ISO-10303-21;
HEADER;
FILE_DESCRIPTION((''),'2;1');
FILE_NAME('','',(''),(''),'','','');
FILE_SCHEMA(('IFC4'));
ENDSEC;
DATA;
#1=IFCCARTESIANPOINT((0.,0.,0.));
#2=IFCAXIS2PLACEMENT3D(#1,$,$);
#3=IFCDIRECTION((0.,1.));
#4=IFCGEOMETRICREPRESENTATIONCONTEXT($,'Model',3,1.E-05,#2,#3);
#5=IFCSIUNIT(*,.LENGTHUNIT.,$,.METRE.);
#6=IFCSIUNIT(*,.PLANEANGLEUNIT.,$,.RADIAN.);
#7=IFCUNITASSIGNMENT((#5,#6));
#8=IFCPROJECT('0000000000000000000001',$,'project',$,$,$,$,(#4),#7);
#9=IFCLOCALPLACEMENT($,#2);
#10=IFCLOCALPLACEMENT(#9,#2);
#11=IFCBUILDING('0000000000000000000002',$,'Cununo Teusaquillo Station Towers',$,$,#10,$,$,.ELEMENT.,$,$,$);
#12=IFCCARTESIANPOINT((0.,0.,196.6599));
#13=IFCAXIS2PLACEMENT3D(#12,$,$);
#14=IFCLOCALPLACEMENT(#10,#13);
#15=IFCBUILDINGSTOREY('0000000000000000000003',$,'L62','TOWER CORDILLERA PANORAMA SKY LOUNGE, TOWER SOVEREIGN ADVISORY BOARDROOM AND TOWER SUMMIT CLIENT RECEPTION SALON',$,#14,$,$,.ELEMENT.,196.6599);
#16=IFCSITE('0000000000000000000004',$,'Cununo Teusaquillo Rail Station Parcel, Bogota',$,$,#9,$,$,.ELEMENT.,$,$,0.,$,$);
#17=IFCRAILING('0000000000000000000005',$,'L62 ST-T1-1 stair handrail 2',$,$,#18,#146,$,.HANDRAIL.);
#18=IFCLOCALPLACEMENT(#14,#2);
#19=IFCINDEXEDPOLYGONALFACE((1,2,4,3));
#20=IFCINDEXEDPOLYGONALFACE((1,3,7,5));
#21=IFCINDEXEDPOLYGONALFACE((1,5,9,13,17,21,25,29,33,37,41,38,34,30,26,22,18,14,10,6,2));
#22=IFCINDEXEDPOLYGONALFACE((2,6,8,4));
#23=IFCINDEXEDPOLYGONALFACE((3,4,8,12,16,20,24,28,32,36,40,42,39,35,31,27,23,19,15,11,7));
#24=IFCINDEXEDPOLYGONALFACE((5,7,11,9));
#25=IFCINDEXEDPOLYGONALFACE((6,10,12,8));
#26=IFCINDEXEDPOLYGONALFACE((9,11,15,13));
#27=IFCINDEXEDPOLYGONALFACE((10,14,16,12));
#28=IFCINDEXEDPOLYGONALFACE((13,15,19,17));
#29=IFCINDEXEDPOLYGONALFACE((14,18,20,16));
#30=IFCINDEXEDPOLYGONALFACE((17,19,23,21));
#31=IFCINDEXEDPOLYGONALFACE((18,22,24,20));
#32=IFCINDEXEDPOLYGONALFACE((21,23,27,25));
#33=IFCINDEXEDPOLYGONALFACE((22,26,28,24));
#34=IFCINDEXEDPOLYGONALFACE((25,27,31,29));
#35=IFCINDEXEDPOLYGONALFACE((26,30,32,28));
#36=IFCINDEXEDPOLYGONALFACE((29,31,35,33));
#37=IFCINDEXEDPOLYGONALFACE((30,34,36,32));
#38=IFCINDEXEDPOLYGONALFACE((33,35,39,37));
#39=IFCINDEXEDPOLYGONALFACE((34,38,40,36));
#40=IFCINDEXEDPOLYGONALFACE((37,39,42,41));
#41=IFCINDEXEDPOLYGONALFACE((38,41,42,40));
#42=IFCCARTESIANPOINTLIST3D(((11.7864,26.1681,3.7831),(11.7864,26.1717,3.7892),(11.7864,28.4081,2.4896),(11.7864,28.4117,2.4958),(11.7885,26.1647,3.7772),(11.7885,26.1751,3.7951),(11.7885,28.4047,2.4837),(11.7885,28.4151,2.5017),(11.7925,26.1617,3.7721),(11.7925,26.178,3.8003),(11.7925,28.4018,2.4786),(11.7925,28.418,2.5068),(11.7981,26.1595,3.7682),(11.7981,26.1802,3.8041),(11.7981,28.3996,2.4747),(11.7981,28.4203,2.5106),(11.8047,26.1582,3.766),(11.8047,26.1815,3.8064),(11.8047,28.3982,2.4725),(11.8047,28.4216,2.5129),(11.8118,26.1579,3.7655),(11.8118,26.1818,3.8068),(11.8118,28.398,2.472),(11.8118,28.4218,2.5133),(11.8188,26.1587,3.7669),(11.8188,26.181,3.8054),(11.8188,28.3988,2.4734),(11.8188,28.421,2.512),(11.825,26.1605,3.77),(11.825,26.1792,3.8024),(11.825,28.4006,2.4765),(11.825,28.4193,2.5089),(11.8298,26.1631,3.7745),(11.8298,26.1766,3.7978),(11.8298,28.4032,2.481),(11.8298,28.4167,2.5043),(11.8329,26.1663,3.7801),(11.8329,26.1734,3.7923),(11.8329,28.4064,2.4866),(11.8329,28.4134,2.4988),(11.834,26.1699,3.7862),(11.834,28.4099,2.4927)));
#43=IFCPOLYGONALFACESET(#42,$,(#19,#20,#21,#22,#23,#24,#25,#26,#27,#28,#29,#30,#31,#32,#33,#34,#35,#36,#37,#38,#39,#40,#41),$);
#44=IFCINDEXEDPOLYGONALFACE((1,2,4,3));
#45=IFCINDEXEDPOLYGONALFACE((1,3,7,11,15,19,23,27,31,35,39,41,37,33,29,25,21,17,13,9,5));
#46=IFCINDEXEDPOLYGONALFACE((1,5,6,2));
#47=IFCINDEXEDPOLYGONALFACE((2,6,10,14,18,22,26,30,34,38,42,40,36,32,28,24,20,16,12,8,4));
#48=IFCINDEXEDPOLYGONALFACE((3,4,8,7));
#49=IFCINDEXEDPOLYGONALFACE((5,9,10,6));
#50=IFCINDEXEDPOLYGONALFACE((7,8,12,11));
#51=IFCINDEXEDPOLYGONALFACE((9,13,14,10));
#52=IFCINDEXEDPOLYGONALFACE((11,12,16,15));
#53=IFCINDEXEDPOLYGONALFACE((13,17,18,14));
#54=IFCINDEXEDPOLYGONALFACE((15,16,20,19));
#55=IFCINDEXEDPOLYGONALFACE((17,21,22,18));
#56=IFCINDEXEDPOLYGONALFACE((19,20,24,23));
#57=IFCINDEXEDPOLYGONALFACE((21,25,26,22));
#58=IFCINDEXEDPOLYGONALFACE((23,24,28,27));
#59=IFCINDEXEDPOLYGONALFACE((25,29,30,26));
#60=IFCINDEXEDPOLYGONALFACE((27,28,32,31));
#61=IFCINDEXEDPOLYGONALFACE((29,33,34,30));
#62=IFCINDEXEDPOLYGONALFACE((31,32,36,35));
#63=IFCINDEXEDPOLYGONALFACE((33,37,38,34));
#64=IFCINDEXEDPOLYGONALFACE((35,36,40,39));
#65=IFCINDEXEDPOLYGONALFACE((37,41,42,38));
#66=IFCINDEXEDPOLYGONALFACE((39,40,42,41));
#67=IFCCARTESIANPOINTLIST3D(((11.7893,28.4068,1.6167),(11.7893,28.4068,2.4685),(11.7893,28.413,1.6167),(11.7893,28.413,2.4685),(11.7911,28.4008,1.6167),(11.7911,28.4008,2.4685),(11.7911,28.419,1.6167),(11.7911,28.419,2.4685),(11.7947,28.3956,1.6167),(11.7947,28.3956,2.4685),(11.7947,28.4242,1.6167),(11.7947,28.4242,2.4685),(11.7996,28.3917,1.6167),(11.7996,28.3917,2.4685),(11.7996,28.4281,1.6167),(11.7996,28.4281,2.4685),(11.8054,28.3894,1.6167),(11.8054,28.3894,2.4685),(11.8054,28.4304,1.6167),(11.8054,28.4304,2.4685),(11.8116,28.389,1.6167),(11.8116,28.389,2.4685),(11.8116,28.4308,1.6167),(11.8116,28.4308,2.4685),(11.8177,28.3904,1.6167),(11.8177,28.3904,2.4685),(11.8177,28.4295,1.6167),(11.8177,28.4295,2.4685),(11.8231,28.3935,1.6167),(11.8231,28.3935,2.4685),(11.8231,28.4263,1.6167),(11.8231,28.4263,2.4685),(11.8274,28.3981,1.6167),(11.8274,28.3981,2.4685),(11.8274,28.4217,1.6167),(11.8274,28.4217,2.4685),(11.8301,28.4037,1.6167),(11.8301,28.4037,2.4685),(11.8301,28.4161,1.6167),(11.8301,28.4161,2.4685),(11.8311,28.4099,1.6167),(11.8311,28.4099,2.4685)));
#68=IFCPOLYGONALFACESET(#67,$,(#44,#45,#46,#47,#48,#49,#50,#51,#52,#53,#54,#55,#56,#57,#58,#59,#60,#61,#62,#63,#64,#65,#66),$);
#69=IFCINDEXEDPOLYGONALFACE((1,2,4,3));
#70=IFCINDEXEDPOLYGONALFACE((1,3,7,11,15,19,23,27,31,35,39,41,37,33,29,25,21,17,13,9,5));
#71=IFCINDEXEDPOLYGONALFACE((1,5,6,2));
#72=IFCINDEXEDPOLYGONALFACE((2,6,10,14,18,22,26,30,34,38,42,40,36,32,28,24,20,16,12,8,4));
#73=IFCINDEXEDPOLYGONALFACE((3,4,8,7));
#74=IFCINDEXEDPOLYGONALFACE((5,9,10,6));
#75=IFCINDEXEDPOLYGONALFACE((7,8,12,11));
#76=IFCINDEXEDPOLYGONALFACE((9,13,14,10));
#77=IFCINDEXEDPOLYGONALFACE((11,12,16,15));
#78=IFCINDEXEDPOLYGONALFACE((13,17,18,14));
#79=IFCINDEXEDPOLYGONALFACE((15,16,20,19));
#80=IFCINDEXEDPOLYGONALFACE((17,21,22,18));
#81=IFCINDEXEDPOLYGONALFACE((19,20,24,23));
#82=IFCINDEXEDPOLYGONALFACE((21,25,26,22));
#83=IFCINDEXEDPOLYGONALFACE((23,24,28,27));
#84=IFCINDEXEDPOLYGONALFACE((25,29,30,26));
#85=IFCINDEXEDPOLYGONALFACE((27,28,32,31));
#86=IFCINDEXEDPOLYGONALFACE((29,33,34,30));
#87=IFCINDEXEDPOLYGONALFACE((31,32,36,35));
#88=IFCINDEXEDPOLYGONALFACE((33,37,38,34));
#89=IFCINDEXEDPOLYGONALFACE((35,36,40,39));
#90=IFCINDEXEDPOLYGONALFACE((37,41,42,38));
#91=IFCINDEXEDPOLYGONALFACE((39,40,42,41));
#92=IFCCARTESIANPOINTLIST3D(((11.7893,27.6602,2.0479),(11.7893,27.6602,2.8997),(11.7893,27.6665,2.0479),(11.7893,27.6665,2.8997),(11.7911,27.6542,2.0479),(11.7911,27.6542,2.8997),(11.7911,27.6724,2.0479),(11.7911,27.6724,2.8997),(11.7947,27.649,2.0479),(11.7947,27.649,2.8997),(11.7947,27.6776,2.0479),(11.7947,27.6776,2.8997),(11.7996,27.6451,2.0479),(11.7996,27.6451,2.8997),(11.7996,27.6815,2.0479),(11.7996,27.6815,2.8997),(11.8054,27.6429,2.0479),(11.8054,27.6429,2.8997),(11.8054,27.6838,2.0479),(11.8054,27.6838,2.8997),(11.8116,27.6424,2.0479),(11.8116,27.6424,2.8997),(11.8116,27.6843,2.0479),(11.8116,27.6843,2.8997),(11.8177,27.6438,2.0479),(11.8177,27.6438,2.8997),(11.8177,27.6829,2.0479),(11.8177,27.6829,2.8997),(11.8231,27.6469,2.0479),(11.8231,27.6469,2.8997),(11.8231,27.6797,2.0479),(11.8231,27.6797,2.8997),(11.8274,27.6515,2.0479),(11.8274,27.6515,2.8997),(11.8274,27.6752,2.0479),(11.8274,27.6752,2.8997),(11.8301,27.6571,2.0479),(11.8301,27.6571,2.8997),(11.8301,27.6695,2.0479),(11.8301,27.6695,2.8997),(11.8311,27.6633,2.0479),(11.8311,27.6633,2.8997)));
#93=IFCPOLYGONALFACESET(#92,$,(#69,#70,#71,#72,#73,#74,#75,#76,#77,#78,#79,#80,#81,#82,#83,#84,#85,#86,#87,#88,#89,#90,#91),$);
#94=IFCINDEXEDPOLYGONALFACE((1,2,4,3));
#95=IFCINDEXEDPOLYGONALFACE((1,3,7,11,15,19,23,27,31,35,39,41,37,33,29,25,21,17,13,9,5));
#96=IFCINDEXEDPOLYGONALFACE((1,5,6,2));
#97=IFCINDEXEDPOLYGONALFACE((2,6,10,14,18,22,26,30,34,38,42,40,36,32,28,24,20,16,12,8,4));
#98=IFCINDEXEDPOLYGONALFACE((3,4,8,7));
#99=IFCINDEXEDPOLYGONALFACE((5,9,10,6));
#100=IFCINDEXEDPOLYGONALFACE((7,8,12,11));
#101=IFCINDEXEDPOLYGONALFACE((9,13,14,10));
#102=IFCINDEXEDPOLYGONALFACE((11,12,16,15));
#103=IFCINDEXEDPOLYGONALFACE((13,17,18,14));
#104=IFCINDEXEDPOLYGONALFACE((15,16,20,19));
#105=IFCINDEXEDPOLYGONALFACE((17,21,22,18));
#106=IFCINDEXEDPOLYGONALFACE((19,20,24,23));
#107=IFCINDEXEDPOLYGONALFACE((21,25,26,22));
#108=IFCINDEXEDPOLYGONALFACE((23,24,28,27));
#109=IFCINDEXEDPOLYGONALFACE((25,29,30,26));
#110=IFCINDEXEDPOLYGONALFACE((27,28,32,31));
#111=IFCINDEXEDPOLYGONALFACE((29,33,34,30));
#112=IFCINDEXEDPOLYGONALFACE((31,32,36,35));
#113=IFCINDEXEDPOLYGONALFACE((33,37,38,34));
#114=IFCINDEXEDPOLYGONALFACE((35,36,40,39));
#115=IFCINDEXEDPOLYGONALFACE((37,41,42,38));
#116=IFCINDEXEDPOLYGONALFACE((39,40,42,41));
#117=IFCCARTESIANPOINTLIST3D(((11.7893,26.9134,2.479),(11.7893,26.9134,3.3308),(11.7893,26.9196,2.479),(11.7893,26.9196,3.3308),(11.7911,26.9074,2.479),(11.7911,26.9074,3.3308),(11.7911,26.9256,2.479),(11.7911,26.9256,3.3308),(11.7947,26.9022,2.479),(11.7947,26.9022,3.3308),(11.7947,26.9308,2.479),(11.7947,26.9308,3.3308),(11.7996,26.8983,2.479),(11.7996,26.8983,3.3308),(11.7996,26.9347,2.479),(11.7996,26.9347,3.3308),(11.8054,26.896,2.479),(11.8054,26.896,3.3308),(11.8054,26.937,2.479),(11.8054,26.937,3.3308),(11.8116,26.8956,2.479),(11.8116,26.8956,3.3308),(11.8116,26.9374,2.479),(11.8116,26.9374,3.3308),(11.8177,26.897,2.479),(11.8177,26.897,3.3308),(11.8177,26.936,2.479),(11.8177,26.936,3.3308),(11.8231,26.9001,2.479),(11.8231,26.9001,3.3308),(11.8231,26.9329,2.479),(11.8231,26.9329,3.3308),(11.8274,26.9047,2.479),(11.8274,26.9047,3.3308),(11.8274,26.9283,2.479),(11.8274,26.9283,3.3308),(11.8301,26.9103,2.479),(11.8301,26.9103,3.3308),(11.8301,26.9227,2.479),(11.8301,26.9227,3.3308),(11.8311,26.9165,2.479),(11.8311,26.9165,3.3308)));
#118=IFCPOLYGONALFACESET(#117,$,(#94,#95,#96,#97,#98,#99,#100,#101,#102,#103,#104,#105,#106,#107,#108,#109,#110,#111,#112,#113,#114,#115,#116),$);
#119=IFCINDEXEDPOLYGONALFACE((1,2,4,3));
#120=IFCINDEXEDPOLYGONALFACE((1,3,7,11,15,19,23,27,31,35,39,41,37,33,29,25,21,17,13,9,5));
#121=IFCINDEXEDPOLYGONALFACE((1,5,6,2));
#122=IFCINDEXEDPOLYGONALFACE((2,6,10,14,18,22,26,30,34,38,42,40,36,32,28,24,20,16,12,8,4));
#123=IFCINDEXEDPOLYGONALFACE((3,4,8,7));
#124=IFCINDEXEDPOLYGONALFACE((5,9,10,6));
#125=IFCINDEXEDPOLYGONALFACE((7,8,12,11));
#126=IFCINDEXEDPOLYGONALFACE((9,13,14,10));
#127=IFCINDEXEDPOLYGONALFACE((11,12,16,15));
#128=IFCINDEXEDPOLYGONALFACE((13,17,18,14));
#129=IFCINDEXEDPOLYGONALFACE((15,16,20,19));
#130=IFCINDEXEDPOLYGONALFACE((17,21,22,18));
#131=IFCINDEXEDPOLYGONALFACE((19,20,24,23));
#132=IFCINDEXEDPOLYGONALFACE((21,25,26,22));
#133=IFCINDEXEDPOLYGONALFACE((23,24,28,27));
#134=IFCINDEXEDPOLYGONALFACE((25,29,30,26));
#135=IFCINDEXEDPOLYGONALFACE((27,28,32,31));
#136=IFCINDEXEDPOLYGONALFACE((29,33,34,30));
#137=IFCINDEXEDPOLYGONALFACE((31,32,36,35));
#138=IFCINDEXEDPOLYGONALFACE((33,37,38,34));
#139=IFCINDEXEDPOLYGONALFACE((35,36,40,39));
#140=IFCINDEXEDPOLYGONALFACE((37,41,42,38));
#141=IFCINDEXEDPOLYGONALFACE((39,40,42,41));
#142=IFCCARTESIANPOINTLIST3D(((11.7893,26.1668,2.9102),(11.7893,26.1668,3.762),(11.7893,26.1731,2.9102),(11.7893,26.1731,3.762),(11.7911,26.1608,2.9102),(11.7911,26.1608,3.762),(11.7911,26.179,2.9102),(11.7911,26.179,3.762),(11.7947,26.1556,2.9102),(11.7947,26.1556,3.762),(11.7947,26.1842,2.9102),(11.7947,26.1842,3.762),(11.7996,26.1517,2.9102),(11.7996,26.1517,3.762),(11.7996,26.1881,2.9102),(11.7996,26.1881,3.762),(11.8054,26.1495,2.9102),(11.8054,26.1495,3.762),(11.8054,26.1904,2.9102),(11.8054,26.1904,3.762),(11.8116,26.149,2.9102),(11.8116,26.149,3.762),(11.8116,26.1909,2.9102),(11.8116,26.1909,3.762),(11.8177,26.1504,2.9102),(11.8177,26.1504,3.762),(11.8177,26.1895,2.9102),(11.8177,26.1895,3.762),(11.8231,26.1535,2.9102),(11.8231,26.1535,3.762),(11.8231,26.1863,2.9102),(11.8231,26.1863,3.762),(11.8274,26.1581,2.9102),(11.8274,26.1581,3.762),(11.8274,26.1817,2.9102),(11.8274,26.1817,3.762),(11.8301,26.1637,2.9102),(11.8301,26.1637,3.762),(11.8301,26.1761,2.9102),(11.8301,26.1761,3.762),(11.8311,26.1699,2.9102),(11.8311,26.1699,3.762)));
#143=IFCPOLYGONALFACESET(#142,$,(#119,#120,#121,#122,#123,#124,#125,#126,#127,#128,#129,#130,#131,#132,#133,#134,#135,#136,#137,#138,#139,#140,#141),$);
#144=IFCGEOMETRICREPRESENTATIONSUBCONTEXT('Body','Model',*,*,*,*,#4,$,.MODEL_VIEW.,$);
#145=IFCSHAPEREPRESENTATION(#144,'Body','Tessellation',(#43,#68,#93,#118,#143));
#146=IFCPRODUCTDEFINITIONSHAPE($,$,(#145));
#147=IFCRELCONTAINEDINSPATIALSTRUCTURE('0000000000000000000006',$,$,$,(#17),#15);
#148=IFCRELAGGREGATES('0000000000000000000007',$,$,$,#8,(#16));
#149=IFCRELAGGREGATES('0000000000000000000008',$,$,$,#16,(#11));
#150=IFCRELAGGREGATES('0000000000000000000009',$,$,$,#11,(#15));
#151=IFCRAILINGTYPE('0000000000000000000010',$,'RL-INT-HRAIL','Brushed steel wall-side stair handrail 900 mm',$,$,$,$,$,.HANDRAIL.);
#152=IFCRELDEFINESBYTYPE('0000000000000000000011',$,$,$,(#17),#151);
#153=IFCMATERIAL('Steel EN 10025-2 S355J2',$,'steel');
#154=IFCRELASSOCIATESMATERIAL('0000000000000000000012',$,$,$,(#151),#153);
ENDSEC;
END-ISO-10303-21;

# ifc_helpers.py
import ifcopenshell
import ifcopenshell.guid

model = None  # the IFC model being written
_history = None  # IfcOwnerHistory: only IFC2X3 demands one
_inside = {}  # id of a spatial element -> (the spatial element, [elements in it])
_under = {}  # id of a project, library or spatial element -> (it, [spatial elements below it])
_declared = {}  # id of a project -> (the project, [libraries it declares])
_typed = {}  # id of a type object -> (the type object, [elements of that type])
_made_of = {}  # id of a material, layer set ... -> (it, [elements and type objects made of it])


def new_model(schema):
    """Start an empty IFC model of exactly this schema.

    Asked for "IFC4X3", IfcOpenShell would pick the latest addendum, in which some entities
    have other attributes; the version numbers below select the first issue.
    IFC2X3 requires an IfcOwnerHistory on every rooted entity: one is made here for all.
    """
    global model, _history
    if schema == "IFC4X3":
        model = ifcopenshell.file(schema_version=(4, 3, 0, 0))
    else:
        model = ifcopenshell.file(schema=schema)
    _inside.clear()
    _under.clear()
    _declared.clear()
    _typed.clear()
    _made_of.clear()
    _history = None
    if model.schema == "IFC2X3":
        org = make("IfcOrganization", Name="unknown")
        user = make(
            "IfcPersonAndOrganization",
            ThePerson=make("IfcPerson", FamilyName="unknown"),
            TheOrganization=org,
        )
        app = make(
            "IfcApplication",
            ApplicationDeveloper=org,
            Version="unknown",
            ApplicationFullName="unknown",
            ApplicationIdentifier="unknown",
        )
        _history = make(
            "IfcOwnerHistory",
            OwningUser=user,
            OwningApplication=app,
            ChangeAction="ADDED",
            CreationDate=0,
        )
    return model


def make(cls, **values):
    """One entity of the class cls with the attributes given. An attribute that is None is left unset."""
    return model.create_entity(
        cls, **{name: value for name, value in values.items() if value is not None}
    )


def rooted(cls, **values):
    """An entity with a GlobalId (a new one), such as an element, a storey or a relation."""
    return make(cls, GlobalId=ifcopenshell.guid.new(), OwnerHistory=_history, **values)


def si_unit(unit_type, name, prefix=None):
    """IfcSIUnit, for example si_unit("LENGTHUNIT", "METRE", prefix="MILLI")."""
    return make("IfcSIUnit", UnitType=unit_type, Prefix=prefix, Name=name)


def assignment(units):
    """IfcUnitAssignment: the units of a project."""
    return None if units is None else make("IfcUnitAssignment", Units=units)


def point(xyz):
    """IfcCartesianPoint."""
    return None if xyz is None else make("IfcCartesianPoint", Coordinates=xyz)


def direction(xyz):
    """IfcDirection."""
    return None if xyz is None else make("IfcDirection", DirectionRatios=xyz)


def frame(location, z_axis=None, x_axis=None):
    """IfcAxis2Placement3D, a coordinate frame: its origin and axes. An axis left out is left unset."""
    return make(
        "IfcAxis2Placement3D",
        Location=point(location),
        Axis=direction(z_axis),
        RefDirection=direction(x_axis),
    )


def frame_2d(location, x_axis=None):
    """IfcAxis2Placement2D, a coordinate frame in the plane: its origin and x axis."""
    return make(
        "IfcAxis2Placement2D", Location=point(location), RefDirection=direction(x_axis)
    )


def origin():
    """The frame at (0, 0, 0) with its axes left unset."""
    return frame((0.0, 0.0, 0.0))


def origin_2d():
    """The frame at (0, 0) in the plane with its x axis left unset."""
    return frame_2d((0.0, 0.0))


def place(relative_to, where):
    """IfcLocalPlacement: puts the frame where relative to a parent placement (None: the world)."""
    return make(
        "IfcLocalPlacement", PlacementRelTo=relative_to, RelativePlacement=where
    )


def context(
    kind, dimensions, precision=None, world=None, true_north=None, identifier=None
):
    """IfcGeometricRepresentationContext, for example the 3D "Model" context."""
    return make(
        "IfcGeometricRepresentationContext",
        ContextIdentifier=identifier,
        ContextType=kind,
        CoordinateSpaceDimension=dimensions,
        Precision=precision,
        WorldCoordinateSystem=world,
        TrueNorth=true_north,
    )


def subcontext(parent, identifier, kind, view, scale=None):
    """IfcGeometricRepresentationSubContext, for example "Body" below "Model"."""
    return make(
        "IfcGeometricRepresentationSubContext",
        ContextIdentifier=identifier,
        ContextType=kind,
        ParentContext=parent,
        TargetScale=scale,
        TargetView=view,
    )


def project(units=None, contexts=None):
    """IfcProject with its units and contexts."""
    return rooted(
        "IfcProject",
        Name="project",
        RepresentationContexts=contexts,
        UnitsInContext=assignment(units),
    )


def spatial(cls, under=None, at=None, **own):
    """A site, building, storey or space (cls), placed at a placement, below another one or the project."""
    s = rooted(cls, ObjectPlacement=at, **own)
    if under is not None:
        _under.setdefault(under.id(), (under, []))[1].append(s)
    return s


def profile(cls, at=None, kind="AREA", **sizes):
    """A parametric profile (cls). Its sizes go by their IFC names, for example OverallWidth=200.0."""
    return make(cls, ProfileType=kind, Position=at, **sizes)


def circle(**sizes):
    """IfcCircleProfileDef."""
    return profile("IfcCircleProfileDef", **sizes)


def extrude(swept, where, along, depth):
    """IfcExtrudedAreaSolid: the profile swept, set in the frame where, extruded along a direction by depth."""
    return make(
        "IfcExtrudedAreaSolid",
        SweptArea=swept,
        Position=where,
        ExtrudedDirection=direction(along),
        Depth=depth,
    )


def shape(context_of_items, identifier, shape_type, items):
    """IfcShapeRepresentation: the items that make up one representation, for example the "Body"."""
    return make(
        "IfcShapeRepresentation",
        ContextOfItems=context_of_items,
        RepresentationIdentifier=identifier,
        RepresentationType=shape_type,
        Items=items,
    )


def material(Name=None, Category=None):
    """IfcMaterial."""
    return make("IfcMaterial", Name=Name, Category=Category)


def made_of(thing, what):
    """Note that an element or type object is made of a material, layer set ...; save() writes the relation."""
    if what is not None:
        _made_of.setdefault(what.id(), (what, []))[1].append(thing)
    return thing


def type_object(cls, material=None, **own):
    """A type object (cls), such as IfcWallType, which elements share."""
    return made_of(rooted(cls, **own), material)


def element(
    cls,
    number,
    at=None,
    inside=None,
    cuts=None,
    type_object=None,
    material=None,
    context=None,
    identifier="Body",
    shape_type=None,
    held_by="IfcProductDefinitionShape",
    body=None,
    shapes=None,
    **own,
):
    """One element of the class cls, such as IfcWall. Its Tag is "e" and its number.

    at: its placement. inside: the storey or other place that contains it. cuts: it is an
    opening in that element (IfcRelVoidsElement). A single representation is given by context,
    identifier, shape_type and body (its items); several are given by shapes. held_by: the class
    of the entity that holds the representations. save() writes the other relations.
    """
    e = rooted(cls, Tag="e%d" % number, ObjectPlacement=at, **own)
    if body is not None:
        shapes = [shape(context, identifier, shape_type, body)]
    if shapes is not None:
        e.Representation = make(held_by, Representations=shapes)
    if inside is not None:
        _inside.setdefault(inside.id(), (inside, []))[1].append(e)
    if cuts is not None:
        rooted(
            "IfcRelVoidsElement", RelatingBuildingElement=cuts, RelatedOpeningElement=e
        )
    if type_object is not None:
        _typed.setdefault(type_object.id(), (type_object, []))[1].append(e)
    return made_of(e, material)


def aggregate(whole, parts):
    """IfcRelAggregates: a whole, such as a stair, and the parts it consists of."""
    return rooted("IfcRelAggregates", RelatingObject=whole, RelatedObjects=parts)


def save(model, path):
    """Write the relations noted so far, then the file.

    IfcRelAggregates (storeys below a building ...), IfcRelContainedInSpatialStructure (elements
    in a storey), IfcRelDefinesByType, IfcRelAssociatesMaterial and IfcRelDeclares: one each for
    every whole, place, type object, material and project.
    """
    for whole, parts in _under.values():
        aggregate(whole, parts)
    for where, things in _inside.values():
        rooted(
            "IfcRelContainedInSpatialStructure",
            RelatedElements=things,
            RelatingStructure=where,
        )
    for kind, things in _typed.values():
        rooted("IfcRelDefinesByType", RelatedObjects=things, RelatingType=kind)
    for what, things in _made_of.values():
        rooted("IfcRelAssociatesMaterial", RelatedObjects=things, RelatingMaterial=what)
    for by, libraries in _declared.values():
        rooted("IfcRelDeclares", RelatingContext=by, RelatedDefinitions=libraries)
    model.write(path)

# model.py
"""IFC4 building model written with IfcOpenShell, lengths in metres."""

from ifc_helpers import new_model, si_unit, direction, frame, origin, origin_2d, place, context, subcontext, project, spatial, circle, extrude, material, type_object, element, save


model = new_model("IFC4")

# Units and contexts
model_context = context("Model", 3, precision=1e-05, world=origin(), true_north=direction((0.0, 1.0)))
body_context = subcontext(model_context, "Body", "Model", "MODEL_VIEW")
ifc_project = project(units=[si_unit("LENGTHUNIT", "METRE"), si_unit("PLANEANGLEUNIT", "RADIAN")], contexts=[model_context])

# Site, building, storey
site_placement = place(None, origin())
site = spatial("IfcSite", under=ifc_project, at=site_placement, Name="Cununo Teusaquillo Rail Station Parcel, Bogota", CompositionType="ELEMENT", RefElevation=0.0)
building_placement = place(site_placement, origin())
building = spatial("IfcBuilding", under=site, at=building_placement, Name="Cununo Teusaquillo Station Towers", CompositionType="ELEMENT")
storey_placement = place(building_placement, frame((0.0, 0.0, 196.6599)))
storey = spatial("IfcBuildingStorey", under=building, at=storey_placement, Name="L62", Description="TOWER CORDILLERA PANORAMA SKY LOUNGE, TOWER SOVEREIGN ADVISORY BOARDROOM AND TOWER SUMMIT CLIENT RECEPTION SALON", CompositionType="ELEMENT", Elevation=196.6599)

# Railing
ifc_material_1 = material(Name="Steel EN 10025-2 S355J2", Category="steel")
railing_type_1 = type_object("IfcRailingType", Name="RL-INT-HRAIL", Description="Brushed steel wall-side stair handrail 900 mm", PredefinedType="HANDRAIL", material=ifc_material_1)
railing_1_placement = place(storey_placement, frame((11.8101, 28.4099, 1.6167)))
element("IfcRailing", 1, at=railing_1_placement, inside=storey, type_object=railing_type_1, Name="L62 ST-T1-1 stair handrail 2", PredefinedType="HANDRAIL", context=body_context, shape_type="SweptSolid", body=[
    extrude(circle(Radius=0.0239, at=origin_2d()), frame((0.0, 0.0, 0.876), z_axis=(0.0, -0.865992, 0.500057), x_axis=(1.0, 0.0, 0.0)), (0.0, 0.0, 1.0), 2.5867),
    extrude(circle(Radius=0.021, at=origin_2d()), origin(), (0.0, 0.0, 1.0), 0.8518),
    extrude(circle(Radius=0.021, at=origin_2d()), frame((0.0, -0.7466, 0.4312)), (0.0, 0.0, 1.0), 0.8518),
    extrude(circle(Radius=0.021, at=origin_2d()), frame((0.0, -1.4934, 0.8623)), (0.0, 0.0, 1.0), 0.8518),
    extrude(circle(Radius=0.021, at=origin_2d()), frame((0.0, -2.24, 1.2935)), (0.0, 0.0, 1.0), 0.8518),
])

save(model, "model.ifc")
